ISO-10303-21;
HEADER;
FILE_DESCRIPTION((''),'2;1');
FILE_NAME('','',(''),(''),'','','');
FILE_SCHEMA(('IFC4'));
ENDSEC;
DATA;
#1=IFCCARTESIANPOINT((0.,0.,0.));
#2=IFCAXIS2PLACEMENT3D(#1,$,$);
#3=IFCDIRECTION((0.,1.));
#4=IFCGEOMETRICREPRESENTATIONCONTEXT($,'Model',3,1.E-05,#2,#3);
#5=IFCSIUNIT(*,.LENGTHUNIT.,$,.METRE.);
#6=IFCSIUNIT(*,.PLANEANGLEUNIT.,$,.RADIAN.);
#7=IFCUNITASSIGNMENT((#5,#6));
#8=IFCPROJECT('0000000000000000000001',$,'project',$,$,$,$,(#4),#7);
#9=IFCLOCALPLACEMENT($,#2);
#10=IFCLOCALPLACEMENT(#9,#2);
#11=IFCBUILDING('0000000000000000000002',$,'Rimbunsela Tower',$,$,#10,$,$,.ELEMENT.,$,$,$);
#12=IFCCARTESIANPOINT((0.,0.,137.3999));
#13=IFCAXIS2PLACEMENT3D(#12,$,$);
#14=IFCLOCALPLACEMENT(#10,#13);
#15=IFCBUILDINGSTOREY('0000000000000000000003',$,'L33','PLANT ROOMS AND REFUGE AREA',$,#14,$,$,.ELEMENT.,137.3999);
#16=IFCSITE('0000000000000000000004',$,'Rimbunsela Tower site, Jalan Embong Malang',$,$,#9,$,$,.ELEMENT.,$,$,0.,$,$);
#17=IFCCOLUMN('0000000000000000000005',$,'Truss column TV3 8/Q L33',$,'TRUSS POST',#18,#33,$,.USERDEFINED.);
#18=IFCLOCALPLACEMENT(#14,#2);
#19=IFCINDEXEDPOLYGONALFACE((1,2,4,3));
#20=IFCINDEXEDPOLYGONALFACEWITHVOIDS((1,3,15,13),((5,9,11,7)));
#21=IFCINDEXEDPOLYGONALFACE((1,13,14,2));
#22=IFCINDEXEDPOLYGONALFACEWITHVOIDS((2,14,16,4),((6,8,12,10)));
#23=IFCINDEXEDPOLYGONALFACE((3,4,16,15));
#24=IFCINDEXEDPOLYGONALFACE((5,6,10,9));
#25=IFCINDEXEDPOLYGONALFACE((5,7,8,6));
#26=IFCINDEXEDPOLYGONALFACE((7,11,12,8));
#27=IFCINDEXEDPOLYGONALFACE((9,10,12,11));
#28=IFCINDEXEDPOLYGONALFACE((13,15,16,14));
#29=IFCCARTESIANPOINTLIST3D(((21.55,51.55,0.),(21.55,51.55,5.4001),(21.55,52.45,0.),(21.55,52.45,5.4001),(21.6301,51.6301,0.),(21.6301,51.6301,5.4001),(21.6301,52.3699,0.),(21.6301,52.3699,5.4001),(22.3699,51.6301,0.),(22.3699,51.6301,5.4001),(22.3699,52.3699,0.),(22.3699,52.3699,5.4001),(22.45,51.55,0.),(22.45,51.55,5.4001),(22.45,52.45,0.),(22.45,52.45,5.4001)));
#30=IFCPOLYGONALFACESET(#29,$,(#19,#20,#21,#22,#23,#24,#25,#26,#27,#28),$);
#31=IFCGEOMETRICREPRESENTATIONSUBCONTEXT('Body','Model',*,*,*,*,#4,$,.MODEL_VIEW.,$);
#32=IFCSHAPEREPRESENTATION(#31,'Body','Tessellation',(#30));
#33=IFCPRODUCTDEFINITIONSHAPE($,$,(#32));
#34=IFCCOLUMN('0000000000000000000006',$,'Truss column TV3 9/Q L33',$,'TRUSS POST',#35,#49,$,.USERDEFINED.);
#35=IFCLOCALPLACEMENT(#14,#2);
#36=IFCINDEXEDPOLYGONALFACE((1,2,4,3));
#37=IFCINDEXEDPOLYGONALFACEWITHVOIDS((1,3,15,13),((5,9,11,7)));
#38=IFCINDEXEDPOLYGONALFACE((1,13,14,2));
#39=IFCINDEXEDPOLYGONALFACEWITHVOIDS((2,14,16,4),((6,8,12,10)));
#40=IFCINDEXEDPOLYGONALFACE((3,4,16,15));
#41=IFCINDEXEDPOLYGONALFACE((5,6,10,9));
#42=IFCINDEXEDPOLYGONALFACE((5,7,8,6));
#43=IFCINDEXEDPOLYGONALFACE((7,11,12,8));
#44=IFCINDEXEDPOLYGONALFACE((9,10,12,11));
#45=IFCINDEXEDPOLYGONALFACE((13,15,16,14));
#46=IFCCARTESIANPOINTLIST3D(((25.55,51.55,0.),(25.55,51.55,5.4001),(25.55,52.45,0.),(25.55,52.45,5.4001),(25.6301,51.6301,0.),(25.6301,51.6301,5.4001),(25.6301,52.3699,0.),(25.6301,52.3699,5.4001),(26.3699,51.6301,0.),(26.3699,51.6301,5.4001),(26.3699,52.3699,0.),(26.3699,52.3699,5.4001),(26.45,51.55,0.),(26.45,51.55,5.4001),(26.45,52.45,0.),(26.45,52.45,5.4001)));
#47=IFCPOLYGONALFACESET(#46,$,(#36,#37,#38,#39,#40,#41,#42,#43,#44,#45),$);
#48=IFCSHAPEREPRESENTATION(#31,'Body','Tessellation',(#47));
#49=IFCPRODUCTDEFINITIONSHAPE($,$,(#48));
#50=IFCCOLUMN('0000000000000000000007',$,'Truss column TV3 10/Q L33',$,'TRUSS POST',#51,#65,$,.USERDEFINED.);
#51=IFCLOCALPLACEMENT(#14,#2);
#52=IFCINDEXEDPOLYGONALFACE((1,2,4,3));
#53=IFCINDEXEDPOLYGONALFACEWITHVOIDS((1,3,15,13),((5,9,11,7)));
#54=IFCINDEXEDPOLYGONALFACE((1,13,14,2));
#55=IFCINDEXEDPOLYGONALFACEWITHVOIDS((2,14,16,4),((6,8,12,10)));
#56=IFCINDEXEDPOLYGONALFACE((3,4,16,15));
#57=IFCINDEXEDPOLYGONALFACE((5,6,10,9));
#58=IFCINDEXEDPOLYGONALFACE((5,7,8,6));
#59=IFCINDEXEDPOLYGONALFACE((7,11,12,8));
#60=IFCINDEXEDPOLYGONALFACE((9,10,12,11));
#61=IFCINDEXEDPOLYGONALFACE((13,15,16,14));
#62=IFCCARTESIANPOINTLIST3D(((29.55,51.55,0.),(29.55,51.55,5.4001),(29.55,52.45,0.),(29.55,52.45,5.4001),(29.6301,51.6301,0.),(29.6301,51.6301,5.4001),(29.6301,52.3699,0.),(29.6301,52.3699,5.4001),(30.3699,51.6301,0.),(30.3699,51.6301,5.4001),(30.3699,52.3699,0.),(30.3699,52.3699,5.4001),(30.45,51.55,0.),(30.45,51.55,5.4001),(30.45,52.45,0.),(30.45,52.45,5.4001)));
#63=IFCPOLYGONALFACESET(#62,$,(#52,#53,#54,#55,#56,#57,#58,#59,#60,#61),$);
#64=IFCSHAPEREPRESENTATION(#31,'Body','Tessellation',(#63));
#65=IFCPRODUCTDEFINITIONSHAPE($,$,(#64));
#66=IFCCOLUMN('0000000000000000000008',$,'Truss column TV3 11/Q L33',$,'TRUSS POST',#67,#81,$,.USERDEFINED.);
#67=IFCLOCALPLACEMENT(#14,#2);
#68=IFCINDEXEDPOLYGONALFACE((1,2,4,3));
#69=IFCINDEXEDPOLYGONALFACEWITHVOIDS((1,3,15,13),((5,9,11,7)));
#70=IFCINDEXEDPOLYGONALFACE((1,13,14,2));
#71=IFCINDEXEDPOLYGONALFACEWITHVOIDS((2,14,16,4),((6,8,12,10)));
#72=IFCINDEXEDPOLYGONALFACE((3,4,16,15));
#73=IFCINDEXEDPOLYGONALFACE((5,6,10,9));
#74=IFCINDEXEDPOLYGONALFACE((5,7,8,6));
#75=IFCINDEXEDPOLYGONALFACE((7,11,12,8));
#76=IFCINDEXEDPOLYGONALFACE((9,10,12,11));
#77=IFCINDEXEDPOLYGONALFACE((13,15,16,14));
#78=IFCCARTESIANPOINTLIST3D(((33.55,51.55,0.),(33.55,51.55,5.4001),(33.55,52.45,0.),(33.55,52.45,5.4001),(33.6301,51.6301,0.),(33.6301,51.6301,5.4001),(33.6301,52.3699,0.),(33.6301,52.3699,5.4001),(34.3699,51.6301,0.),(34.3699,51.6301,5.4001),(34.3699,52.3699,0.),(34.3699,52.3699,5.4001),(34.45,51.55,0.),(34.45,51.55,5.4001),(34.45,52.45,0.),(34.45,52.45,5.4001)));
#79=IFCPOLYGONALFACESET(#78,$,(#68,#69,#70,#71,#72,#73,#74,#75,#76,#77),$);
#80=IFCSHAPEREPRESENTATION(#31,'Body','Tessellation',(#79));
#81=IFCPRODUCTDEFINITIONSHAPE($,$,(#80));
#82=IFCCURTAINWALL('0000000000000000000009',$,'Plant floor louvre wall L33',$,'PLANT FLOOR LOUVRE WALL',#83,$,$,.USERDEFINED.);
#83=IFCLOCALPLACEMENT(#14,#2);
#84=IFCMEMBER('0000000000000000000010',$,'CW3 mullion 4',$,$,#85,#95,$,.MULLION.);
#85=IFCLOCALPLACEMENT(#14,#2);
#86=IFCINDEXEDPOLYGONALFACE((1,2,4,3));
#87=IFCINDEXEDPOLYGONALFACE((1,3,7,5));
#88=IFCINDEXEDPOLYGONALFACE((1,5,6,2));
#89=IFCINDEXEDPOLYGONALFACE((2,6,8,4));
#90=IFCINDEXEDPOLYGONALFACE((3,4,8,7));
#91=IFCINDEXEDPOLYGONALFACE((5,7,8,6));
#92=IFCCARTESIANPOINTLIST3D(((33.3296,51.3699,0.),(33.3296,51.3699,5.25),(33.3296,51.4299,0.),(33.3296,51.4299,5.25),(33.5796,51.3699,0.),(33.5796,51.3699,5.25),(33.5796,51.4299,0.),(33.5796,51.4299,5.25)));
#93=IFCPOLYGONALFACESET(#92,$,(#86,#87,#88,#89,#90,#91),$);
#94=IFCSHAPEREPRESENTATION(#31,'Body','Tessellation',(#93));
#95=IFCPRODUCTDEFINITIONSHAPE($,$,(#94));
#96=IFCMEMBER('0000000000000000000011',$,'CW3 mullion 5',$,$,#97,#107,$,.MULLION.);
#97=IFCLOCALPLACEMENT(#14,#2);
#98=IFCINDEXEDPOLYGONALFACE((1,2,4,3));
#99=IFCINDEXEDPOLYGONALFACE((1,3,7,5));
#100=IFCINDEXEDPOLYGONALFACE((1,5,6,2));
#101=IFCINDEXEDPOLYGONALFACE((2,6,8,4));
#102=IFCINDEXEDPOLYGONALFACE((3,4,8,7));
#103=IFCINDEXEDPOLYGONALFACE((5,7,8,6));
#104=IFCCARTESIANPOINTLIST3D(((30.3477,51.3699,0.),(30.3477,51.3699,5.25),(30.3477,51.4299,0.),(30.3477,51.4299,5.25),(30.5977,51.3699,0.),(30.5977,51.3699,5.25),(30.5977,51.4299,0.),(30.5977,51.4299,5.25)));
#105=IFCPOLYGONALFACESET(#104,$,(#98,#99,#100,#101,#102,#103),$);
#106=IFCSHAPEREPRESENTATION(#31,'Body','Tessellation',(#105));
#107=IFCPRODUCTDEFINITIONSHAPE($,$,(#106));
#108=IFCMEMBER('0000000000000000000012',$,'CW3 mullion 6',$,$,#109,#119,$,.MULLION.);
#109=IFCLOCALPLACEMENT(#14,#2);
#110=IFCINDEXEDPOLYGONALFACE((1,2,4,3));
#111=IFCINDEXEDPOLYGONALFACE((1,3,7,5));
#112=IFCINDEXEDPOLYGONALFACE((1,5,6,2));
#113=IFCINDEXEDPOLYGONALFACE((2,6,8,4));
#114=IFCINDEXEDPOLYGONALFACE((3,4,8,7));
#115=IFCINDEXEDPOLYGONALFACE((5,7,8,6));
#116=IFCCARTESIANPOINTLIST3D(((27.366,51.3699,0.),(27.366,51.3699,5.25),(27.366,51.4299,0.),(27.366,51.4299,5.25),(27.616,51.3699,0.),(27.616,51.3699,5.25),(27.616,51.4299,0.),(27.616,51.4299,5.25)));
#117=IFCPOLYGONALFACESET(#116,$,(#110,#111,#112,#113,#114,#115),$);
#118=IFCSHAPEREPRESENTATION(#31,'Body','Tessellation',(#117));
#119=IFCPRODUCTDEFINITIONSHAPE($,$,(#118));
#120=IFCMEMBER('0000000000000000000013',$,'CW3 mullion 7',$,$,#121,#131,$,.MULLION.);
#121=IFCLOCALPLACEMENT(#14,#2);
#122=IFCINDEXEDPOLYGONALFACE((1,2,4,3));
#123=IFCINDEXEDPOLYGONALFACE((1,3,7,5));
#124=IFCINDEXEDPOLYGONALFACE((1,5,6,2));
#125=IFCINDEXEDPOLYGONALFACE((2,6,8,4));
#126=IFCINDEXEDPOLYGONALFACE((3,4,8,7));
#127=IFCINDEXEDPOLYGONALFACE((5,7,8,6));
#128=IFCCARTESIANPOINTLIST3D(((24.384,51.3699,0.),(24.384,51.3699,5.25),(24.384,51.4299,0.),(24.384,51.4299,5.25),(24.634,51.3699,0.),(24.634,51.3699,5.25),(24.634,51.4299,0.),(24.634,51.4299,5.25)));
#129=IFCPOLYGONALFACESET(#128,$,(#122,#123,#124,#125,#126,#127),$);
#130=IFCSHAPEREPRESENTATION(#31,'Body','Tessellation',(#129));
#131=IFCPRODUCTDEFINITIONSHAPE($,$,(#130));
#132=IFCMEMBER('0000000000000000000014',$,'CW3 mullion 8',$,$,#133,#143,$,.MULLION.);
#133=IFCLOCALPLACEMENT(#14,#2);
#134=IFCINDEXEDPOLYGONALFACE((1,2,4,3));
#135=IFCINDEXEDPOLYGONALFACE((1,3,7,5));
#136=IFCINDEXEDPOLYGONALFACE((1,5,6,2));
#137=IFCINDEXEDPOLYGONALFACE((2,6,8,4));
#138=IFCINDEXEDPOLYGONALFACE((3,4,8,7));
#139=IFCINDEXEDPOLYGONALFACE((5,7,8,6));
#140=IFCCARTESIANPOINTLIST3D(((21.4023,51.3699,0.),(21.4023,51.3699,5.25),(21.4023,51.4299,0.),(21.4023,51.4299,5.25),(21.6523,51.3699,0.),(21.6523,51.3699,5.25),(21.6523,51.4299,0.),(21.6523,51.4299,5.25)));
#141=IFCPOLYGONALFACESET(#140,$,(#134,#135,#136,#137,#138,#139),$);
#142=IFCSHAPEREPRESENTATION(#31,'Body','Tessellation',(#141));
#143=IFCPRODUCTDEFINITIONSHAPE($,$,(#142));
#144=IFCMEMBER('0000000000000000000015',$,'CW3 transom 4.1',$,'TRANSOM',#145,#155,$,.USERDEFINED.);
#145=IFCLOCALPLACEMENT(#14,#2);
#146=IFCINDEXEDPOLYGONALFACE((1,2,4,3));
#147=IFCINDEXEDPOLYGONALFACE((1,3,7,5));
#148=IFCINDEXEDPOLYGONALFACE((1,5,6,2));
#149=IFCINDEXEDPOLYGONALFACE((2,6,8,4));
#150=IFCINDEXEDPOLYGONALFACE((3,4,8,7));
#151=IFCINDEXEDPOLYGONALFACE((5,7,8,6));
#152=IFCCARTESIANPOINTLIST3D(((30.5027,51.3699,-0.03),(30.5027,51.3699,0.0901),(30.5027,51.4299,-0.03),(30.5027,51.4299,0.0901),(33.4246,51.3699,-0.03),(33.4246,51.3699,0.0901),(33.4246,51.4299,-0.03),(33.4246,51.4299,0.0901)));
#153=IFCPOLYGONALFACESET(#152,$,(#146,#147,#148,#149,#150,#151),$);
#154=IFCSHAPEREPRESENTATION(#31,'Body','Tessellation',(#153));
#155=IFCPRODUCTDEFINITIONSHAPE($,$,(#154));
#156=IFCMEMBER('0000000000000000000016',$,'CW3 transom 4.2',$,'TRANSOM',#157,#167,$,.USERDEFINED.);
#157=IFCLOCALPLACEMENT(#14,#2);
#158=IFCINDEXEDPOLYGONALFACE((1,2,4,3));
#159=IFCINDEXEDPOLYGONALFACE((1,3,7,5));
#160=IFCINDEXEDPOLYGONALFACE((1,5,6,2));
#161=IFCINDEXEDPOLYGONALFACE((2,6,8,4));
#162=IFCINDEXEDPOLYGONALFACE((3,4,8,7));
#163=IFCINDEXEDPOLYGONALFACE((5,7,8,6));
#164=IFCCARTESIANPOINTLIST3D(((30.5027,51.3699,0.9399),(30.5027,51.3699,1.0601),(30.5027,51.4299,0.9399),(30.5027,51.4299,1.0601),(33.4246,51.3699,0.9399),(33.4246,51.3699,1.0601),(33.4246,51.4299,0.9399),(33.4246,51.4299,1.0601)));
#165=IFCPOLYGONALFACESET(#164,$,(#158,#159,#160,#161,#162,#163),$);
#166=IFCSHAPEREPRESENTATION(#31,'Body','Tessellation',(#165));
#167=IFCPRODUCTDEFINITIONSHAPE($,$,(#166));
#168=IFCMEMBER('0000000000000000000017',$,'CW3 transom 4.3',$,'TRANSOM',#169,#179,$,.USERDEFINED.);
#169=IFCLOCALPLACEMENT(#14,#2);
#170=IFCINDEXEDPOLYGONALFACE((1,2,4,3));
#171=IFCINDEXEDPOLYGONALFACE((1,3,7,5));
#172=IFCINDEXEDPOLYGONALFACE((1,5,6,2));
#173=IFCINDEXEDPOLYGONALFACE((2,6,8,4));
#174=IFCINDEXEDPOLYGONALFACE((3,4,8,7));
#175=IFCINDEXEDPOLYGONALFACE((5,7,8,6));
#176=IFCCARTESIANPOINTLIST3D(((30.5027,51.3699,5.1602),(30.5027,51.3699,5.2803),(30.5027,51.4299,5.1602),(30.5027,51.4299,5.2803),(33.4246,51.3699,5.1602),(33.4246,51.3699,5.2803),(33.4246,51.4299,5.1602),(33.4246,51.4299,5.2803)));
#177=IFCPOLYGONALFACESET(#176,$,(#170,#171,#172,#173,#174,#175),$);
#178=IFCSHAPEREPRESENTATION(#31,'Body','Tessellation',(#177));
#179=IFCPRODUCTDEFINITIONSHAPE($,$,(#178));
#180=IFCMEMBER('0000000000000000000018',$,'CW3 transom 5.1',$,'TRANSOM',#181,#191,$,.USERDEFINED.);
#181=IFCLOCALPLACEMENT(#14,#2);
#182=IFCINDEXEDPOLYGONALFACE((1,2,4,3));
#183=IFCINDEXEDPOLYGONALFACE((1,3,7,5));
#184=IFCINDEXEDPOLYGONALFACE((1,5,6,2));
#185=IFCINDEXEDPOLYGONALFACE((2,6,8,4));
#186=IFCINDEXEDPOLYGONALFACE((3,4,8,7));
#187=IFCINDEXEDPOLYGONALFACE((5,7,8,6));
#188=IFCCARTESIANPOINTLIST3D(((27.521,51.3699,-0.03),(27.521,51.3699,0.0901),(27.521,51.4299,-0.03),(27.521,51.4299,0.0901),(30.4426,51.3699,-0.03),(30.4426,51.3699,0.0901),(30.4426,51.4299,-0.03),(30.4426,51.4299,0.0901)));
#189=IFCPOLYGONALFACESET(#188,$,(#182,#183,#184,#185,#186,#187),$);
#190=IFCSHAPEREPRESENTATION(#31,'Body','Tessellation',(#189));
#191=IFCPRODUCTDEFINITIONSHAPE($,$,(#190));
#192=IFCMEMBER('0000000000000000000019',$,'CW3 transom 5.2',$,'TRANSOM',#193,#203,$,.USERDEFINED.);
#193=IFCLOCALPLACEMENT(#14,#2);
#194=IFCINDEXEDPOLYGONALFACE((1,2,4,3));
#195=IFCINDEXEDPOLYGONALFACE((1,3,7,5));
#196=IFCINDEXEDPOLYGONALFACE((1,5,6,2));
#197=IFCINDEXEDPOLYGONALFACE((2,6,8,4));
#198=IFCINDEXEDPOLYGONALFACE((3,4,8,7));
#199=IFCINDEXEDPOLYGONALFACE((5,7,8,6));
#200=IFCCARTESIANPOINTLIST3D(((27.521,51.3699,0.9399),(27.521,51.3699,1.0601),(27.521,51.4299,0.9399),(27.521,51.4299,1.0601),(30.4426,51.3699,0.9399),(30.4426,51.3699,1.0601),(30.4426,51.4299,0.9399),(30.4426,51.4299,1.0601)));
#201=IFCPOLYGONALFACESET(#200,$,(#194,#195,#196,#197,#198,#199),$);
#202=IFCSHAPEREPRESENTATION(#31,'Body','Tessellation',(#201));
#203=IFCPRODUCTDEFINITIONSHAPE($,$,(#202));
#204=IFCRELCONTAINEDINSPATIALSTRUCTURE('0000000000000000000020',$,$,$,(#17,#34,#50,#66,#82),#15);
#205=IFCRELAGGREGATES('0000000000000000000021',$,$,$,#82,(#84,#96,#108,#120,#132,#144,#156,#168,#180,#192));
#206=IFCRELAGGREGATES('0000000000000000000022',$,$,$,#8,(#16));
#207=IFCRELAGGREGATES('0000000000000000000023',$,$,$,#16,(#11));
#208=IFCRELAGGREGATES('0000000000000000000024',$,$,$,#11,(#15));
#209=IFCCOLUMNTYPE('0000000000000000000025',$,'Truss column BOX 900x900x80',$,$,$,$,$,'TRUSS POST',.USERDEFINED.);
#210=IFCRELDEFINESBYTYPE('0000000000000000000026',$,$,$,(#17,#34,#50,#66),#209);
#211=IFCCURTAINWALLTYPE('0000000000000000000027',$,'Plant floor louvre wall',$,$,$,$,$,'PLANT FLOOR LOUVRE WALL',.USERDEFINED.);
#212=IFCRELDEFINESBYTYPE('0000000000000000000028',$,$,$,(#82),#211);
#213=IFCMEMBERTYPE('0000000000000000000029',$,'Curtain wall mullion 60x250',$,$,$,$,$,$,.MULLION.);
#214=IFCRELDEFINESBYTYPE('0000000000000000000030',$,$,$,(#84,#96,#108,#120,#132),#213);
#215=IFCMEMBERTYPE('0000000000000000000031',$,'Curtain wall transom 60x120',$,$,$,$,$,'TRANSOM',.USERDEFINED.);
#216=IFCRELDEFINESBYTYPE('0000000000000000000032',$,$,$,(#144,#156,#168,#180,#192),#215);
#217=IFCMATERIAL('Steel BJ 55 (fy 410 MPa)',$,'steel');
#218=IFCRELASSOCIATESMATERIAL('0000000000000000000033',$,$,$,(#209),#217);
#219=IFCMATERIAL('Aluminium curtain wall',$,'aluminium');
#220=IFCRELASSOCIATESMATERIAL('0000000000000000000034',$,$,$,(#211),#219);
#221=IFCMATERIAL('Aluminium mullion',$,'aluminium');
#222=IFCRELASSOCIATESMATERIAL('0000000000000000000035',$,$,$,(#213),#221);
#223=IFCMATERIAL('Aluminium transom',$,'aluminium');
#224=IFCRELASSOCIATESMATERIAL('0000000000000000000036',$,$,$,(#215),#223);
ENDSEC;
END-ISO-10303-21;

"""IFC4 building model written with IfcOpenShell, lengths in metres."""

from ifc_helpers import new_model, si_unit, direction, frame, origin, origin_2d, place, context, subcontext, project, spatial, rectangle, hollow_rectangle, extrude, material, material_profile, profile_set, type_object, element, aggregate, save


model = new_model("IFC4")

# Units and contexts
model_context = context("Model", 3, precision=1e-05, world=origin(), true_north=direction((0.0, 1.0)))
body_context = subcontext(model_context, "Body", "Model", "MODEL_VIEW")
ifc_project = project(units=[si_unit("LENGTHUNIT", "METRE"), si_unit("PLANEANGLEUNIT", "RADIAN")], contexts=[model_context])

# Site, building, storey
site_placement = place(None, origin())
site = spatial("IfcSite", under=ifc_project, at=site_placement, Name="Rimbunsela Tower site, Jalan Embong Malang", CompositionType="ELEMENT", RefElevation=0.0)
building_placement = place(site_placement, origin())
building = spatial("IfcBuilding", under=site, at=building_placement, Name="Rimbunsela Tower", CompositionType="ELEMENT")
storey_placement = place(building_placement, frame((0.0, 0.0, 137.3999)))
storey = spatial("IfcBuildingStorey", under=building, at=storey_placement, Name="L33", Description="PLANT ROOMS AND REFUGE AREA", CompositionType="ELEMENT", Elevation=137.3999)

# Columns
ifc_material_1 = material(Name="Steel BJ 55 (fy 410 MPa)", Category="steel")
ifc_material_profile_1 = material_profile(ifc_material_1, hollow_rectangle(XDim=0.8999, YDim=0.8999, WallThickness=0.0801, at=origin_2d()), Name="BOX 900x900x80")
ifc_profile_set_1 = profile_set([ifc_material_profile_1], Name="Steel BJ 55 (fy 410 MPa)")
column_type = type_object("IfcColumnType", Name="Truss column BOX 900x900x80", ElementType="TRUSS POST", PredefinedType="USERDEFINED", material=ifc_profile_set_1)
for number, where, z_axis, x_axis, name in (
    (1, (22.0, 52.0, 0.0), (0.0, 0.0, 1.0), (1.0, 0.0, 0.0), "Truss column TV3 8/Q L33"),
    (2, (26.0, 52.0, 0.0), (0.0, 0.0, 1.0), (1.0, 0.0, 0.0), "Truss column TV3 9/Q L33"),
    (3, (30.0, 52.0, 0.0), (0.0, 0.0, 1.0), (1.0, 0.0, 0.0), "Truss column TV3 10/Q L33"),
    (4, (34.0, 52.0, 0.0), (0.0, 0.0, 1.0), (1.0, 0.0, 0.0), "Truss column TV3 11/Q L33"),
):
    element("IfcColumn", number, at=place(storey_placement, frame(where, z_axis=z_axis, x_axis=x_axis)), inside=storey, type_object=column_type, Name=name, ObjectType="TRUSS POST", PredefinedType="USERDEFINED", context=body_context, shape_type="SweptSolid", body=[
        extrude(hollow_rectangle(XDim=0.8999, YDim=0.8999, WallThickness=0.0801, at=origin_2d()), origin(), (0.0, 0.0, 1.0), 5.4001),
    ])

# Curtain wall, members
ifc_material_2 = material(Name="Aluminium curtain wall", Category="aluminium")
curtain_wall_type = type_object("IfcCurtainWallType", Name="Plant floor louvre wall", ElementType="PLANT FLOOR LOUVRE WALL", PredefinedType="USERDEFINED", material=ifc_material_2)
curtain_wall_placement = place(storey_placement, origin())
curtain_wall = element("IfcCurtainWall", 5, at=curtain_wall_placement, inside=storey, type_object=curtain_wall_type, Name="Plant floor louvre wall L33", ObjectType="PLANT FLOOR LOUVRE WALL", PredefinedType="USERDEFINED")
ifc_material_3 = material(Name="Aluminium mullion", Category="aluminium")
ifc_material_profile_2 = material_profile(ifc_material_3, rectangle(XDim=0.0601, YDim=0.25, at=origin_2d()), Name="Mullion 60x250")
ifc_profile_set_2 = profile_set([ifc_material_profile_2], Name="Aluminium mullion")
member_type_1 = type_object("IfcMemberType", Name="Curtain wall mullion 60x250", PredefinedType="MULLION", material=ifc_profile_set_2)
member_1_placement = place(storey_placement, frame((33.4546, 51.3999, 0.0), z_axis=(0.0, 0.0, 1.0), x_axis=(0.0, -1.0, 0.0)))
member_1 = element("IfcMember", 6, at=member_1_placement, type_object=member_type_1, Name="CW3 mullion 4", PredefinedType="MULLION", context=body_context, shape_type="SweptSolid", body=[
    extrude(rectangle(XDim=0.0601, YDim=0.25, at=origin_2d()), origin(), (0.0, 0.0, 1.0), 5.25),
])
member_2_placement = place(storey_placement, frame((30.4727, 51.3999, 0.0), z_axis=(0.0, 0.0, 1.0), x_axis=(0.0, -1.0, 0.0)))
member_2 = element("IfcMember", 7, at=member_2_placement, type_object=member_type_1, Name="CW3 mullion 5", PredefinedType="MULLION", context=body_context, shape_type="SweptSolid", body=[
    extrude(rectangle(XDim=0.0601, YDim=0.25, at=origin_2d()), origin(), (0.0, 0.0, 1.0), 5.25),
])
member_3_placement = place(storey_placement, frame((27.491, 51.3999, 0.0), z_axis=(0.0, 0.0, 1.0), x_axis=(0.0, -1.0, 0.0)))
member_3 = element("IfcMember", 8, at=member_3_placement, type_object=member_type_1, Name="CW3 mullion 6", PredefinedType="MULLION", context=body_context, shape_type="SweptSolid", body=[
    extrude(rectangle(XDim=0.0601, YDim=0.25, at=origin_2d()), origin(), (0.0, 0.0, 1.0), 5.25),
])
member_4_placement = place(storey_placement, frame((24.509, 51.3999, 0.0), z_axis=(0.0, 0.0, 1.0), x_axis=(0.0, -1.0, 0.0)))
member_4 = element("IfcMember", 9, at=member_4_placement, type_object=member_type_1, Name="CW3 mullion 7", PredefinedType="MULLION", context=body_context, shape_type="SweptSolid", body=[
    extrude(rectangle(XDim=0.0601, YDim=0.25, at=origin_2d()), origin(), (0.0, 0.0, 1.0), 5.25),
])
member_5_placement = place(storey_placement, frame((21.5273, 51.3999, 0.0), z_axis=(0.0, 0.0, 1.0), x_axis=(0.0, -1.0, 0.0)))
member_5 = element("IfcMember", 10, at=member_5_placement, type_object=member_type_1, Name="CW3 mullion 8", PredefinedType="MULLION", context=body_context, shape_type="SweptSolid", body=[
    extrude(rectangle(XDim=0.0601, YDim=0.25, at=origin_2d()), origin(), (0.0, 0.0, 1.0), 5.25),
])
ifc_material_4 = material(Name="Aluminium transom", Category="aluminium")
ifc_material_profile_3 = material_profile(ifc_material_4, rectangle(XDim=0.0601, YDim=0.1201, at=origin_2d()), Name="Transom 60x120")
ifc_profile_set_3 = profile_set([ifc_material_profile_3], Name="Aluminium transom")
member_type_2 = type_object("IfcMemberType", Name="Curtain wall transom 60x120", ElementType="TRANSOM", PredefinedType="USERDEFINED", material=ifc_profile_set_3)
member_6_placement = place(storey_placement, frame((33.4246, 51.3999, 0.03), z_axis=(-1.0, 0.0, 0.0), x_axis=(0.0, -1.0, 0.0)))
member_6 = element("IfcMember", 11, at=member_6_placement, type_object=member_type_2, Name="CW3 transom 4.1", ObjectType="TRANSOM", PredefinedType="USERDEFINED", context=body_context, shape_type="SweptSolid", body=[
    extrude(rectangle(XDim=0.0601, YDim=0.1201, at=origin_2d()), origin(), (0.0, 0.0, 1.0), 2.9219),
])
member_7_placement = place(storey_placement, frame((33.4246, 51.3999, 1.0), z_axis=(-1.0, 0.0, 0.0), x_axis=(0.0, -1.0, 0.0)))
member_7 = element("IfcMember", 12, at=member_7_placement, type_object=member_type_2, Name="CW3 transom 4.2", ObjectType="TRANSOM", PredefinedType="USERDEFINED", context=body_context, shape_type="SweptSolid", body=[
    extrude(rectangle(XDim=0.0601, YDim=0.1201, at=origin_2d()), origin(), (0.0, 0.0, 1.0), 2.9219),
])
member_8_placement = place(storey_placement, frame((33.4246, 51.3999, 5.2202), z_axis=(-1.0, 0.0, 0.0), x_axis=(0.0, -1.0, 0.0)))
member_8 = element("IfcMember", 13, at=member_8_placement, type_object=member_type_2, Name="CW3 transom 4.3", ObjectType="TRANSOM", PredefinedType="USERDEFINED", context=body_context, shape_type="SweptSolid", body=[
    extrude(rectangle(XDim=0.0601, YDim=0.1201, at=origin_2d()), origin(), (0.0, 0.0, 1.0), 2.9219),
])
member_9_placement = place(storey_placement, frame((30.4426, 51.3999, 0.03), z_axis=(-1.0, 0.0, 0.0), x_axis=(0.0, -1.0, 0.0)))
member_9 = element("IfcMember", 14, at=member_9_placement, type_object=member_type_2, Name="CW3 transom 5.1", ObjectType="TRANSOM", PredefinedType="USERDEFINED", context=body_context, shape_type="SweptSolid", body=[
    extrude(rectangle(XDim=0.0601, YDim=0.1201, at=origin_2d()), origin(), (0.0, 0.0, 1.0), 2.9216),
])
member_10_placement = place(storey_placement, frame((30.4426, 51.3999, 1.0), z_axis=(-1.0, 0.0, 0.0), x_axis=(0.0, -1.0, 0.0)))
member_10 = element("IfcMember", 15, at=member_10_placement, type_object=member_type_2, Name="CW3 transom 5.2", ObjectType="TRANSOM", PredefinedType="USERDEFINED", context=body_context, shape_type="SweptSolid", body=[
    extrude(rectangle(XDim=0.0601, YDim=0.1201, at=origin_2d()), origin(), (0.0, 0.0, 1.0), 2.9216),
])

aggregate(curtain_wall, [member_1, member_2, member_3, member_4, member_5, member_6, member_7, member_8, member_9, member_10])

save(model, "model.ifc")
